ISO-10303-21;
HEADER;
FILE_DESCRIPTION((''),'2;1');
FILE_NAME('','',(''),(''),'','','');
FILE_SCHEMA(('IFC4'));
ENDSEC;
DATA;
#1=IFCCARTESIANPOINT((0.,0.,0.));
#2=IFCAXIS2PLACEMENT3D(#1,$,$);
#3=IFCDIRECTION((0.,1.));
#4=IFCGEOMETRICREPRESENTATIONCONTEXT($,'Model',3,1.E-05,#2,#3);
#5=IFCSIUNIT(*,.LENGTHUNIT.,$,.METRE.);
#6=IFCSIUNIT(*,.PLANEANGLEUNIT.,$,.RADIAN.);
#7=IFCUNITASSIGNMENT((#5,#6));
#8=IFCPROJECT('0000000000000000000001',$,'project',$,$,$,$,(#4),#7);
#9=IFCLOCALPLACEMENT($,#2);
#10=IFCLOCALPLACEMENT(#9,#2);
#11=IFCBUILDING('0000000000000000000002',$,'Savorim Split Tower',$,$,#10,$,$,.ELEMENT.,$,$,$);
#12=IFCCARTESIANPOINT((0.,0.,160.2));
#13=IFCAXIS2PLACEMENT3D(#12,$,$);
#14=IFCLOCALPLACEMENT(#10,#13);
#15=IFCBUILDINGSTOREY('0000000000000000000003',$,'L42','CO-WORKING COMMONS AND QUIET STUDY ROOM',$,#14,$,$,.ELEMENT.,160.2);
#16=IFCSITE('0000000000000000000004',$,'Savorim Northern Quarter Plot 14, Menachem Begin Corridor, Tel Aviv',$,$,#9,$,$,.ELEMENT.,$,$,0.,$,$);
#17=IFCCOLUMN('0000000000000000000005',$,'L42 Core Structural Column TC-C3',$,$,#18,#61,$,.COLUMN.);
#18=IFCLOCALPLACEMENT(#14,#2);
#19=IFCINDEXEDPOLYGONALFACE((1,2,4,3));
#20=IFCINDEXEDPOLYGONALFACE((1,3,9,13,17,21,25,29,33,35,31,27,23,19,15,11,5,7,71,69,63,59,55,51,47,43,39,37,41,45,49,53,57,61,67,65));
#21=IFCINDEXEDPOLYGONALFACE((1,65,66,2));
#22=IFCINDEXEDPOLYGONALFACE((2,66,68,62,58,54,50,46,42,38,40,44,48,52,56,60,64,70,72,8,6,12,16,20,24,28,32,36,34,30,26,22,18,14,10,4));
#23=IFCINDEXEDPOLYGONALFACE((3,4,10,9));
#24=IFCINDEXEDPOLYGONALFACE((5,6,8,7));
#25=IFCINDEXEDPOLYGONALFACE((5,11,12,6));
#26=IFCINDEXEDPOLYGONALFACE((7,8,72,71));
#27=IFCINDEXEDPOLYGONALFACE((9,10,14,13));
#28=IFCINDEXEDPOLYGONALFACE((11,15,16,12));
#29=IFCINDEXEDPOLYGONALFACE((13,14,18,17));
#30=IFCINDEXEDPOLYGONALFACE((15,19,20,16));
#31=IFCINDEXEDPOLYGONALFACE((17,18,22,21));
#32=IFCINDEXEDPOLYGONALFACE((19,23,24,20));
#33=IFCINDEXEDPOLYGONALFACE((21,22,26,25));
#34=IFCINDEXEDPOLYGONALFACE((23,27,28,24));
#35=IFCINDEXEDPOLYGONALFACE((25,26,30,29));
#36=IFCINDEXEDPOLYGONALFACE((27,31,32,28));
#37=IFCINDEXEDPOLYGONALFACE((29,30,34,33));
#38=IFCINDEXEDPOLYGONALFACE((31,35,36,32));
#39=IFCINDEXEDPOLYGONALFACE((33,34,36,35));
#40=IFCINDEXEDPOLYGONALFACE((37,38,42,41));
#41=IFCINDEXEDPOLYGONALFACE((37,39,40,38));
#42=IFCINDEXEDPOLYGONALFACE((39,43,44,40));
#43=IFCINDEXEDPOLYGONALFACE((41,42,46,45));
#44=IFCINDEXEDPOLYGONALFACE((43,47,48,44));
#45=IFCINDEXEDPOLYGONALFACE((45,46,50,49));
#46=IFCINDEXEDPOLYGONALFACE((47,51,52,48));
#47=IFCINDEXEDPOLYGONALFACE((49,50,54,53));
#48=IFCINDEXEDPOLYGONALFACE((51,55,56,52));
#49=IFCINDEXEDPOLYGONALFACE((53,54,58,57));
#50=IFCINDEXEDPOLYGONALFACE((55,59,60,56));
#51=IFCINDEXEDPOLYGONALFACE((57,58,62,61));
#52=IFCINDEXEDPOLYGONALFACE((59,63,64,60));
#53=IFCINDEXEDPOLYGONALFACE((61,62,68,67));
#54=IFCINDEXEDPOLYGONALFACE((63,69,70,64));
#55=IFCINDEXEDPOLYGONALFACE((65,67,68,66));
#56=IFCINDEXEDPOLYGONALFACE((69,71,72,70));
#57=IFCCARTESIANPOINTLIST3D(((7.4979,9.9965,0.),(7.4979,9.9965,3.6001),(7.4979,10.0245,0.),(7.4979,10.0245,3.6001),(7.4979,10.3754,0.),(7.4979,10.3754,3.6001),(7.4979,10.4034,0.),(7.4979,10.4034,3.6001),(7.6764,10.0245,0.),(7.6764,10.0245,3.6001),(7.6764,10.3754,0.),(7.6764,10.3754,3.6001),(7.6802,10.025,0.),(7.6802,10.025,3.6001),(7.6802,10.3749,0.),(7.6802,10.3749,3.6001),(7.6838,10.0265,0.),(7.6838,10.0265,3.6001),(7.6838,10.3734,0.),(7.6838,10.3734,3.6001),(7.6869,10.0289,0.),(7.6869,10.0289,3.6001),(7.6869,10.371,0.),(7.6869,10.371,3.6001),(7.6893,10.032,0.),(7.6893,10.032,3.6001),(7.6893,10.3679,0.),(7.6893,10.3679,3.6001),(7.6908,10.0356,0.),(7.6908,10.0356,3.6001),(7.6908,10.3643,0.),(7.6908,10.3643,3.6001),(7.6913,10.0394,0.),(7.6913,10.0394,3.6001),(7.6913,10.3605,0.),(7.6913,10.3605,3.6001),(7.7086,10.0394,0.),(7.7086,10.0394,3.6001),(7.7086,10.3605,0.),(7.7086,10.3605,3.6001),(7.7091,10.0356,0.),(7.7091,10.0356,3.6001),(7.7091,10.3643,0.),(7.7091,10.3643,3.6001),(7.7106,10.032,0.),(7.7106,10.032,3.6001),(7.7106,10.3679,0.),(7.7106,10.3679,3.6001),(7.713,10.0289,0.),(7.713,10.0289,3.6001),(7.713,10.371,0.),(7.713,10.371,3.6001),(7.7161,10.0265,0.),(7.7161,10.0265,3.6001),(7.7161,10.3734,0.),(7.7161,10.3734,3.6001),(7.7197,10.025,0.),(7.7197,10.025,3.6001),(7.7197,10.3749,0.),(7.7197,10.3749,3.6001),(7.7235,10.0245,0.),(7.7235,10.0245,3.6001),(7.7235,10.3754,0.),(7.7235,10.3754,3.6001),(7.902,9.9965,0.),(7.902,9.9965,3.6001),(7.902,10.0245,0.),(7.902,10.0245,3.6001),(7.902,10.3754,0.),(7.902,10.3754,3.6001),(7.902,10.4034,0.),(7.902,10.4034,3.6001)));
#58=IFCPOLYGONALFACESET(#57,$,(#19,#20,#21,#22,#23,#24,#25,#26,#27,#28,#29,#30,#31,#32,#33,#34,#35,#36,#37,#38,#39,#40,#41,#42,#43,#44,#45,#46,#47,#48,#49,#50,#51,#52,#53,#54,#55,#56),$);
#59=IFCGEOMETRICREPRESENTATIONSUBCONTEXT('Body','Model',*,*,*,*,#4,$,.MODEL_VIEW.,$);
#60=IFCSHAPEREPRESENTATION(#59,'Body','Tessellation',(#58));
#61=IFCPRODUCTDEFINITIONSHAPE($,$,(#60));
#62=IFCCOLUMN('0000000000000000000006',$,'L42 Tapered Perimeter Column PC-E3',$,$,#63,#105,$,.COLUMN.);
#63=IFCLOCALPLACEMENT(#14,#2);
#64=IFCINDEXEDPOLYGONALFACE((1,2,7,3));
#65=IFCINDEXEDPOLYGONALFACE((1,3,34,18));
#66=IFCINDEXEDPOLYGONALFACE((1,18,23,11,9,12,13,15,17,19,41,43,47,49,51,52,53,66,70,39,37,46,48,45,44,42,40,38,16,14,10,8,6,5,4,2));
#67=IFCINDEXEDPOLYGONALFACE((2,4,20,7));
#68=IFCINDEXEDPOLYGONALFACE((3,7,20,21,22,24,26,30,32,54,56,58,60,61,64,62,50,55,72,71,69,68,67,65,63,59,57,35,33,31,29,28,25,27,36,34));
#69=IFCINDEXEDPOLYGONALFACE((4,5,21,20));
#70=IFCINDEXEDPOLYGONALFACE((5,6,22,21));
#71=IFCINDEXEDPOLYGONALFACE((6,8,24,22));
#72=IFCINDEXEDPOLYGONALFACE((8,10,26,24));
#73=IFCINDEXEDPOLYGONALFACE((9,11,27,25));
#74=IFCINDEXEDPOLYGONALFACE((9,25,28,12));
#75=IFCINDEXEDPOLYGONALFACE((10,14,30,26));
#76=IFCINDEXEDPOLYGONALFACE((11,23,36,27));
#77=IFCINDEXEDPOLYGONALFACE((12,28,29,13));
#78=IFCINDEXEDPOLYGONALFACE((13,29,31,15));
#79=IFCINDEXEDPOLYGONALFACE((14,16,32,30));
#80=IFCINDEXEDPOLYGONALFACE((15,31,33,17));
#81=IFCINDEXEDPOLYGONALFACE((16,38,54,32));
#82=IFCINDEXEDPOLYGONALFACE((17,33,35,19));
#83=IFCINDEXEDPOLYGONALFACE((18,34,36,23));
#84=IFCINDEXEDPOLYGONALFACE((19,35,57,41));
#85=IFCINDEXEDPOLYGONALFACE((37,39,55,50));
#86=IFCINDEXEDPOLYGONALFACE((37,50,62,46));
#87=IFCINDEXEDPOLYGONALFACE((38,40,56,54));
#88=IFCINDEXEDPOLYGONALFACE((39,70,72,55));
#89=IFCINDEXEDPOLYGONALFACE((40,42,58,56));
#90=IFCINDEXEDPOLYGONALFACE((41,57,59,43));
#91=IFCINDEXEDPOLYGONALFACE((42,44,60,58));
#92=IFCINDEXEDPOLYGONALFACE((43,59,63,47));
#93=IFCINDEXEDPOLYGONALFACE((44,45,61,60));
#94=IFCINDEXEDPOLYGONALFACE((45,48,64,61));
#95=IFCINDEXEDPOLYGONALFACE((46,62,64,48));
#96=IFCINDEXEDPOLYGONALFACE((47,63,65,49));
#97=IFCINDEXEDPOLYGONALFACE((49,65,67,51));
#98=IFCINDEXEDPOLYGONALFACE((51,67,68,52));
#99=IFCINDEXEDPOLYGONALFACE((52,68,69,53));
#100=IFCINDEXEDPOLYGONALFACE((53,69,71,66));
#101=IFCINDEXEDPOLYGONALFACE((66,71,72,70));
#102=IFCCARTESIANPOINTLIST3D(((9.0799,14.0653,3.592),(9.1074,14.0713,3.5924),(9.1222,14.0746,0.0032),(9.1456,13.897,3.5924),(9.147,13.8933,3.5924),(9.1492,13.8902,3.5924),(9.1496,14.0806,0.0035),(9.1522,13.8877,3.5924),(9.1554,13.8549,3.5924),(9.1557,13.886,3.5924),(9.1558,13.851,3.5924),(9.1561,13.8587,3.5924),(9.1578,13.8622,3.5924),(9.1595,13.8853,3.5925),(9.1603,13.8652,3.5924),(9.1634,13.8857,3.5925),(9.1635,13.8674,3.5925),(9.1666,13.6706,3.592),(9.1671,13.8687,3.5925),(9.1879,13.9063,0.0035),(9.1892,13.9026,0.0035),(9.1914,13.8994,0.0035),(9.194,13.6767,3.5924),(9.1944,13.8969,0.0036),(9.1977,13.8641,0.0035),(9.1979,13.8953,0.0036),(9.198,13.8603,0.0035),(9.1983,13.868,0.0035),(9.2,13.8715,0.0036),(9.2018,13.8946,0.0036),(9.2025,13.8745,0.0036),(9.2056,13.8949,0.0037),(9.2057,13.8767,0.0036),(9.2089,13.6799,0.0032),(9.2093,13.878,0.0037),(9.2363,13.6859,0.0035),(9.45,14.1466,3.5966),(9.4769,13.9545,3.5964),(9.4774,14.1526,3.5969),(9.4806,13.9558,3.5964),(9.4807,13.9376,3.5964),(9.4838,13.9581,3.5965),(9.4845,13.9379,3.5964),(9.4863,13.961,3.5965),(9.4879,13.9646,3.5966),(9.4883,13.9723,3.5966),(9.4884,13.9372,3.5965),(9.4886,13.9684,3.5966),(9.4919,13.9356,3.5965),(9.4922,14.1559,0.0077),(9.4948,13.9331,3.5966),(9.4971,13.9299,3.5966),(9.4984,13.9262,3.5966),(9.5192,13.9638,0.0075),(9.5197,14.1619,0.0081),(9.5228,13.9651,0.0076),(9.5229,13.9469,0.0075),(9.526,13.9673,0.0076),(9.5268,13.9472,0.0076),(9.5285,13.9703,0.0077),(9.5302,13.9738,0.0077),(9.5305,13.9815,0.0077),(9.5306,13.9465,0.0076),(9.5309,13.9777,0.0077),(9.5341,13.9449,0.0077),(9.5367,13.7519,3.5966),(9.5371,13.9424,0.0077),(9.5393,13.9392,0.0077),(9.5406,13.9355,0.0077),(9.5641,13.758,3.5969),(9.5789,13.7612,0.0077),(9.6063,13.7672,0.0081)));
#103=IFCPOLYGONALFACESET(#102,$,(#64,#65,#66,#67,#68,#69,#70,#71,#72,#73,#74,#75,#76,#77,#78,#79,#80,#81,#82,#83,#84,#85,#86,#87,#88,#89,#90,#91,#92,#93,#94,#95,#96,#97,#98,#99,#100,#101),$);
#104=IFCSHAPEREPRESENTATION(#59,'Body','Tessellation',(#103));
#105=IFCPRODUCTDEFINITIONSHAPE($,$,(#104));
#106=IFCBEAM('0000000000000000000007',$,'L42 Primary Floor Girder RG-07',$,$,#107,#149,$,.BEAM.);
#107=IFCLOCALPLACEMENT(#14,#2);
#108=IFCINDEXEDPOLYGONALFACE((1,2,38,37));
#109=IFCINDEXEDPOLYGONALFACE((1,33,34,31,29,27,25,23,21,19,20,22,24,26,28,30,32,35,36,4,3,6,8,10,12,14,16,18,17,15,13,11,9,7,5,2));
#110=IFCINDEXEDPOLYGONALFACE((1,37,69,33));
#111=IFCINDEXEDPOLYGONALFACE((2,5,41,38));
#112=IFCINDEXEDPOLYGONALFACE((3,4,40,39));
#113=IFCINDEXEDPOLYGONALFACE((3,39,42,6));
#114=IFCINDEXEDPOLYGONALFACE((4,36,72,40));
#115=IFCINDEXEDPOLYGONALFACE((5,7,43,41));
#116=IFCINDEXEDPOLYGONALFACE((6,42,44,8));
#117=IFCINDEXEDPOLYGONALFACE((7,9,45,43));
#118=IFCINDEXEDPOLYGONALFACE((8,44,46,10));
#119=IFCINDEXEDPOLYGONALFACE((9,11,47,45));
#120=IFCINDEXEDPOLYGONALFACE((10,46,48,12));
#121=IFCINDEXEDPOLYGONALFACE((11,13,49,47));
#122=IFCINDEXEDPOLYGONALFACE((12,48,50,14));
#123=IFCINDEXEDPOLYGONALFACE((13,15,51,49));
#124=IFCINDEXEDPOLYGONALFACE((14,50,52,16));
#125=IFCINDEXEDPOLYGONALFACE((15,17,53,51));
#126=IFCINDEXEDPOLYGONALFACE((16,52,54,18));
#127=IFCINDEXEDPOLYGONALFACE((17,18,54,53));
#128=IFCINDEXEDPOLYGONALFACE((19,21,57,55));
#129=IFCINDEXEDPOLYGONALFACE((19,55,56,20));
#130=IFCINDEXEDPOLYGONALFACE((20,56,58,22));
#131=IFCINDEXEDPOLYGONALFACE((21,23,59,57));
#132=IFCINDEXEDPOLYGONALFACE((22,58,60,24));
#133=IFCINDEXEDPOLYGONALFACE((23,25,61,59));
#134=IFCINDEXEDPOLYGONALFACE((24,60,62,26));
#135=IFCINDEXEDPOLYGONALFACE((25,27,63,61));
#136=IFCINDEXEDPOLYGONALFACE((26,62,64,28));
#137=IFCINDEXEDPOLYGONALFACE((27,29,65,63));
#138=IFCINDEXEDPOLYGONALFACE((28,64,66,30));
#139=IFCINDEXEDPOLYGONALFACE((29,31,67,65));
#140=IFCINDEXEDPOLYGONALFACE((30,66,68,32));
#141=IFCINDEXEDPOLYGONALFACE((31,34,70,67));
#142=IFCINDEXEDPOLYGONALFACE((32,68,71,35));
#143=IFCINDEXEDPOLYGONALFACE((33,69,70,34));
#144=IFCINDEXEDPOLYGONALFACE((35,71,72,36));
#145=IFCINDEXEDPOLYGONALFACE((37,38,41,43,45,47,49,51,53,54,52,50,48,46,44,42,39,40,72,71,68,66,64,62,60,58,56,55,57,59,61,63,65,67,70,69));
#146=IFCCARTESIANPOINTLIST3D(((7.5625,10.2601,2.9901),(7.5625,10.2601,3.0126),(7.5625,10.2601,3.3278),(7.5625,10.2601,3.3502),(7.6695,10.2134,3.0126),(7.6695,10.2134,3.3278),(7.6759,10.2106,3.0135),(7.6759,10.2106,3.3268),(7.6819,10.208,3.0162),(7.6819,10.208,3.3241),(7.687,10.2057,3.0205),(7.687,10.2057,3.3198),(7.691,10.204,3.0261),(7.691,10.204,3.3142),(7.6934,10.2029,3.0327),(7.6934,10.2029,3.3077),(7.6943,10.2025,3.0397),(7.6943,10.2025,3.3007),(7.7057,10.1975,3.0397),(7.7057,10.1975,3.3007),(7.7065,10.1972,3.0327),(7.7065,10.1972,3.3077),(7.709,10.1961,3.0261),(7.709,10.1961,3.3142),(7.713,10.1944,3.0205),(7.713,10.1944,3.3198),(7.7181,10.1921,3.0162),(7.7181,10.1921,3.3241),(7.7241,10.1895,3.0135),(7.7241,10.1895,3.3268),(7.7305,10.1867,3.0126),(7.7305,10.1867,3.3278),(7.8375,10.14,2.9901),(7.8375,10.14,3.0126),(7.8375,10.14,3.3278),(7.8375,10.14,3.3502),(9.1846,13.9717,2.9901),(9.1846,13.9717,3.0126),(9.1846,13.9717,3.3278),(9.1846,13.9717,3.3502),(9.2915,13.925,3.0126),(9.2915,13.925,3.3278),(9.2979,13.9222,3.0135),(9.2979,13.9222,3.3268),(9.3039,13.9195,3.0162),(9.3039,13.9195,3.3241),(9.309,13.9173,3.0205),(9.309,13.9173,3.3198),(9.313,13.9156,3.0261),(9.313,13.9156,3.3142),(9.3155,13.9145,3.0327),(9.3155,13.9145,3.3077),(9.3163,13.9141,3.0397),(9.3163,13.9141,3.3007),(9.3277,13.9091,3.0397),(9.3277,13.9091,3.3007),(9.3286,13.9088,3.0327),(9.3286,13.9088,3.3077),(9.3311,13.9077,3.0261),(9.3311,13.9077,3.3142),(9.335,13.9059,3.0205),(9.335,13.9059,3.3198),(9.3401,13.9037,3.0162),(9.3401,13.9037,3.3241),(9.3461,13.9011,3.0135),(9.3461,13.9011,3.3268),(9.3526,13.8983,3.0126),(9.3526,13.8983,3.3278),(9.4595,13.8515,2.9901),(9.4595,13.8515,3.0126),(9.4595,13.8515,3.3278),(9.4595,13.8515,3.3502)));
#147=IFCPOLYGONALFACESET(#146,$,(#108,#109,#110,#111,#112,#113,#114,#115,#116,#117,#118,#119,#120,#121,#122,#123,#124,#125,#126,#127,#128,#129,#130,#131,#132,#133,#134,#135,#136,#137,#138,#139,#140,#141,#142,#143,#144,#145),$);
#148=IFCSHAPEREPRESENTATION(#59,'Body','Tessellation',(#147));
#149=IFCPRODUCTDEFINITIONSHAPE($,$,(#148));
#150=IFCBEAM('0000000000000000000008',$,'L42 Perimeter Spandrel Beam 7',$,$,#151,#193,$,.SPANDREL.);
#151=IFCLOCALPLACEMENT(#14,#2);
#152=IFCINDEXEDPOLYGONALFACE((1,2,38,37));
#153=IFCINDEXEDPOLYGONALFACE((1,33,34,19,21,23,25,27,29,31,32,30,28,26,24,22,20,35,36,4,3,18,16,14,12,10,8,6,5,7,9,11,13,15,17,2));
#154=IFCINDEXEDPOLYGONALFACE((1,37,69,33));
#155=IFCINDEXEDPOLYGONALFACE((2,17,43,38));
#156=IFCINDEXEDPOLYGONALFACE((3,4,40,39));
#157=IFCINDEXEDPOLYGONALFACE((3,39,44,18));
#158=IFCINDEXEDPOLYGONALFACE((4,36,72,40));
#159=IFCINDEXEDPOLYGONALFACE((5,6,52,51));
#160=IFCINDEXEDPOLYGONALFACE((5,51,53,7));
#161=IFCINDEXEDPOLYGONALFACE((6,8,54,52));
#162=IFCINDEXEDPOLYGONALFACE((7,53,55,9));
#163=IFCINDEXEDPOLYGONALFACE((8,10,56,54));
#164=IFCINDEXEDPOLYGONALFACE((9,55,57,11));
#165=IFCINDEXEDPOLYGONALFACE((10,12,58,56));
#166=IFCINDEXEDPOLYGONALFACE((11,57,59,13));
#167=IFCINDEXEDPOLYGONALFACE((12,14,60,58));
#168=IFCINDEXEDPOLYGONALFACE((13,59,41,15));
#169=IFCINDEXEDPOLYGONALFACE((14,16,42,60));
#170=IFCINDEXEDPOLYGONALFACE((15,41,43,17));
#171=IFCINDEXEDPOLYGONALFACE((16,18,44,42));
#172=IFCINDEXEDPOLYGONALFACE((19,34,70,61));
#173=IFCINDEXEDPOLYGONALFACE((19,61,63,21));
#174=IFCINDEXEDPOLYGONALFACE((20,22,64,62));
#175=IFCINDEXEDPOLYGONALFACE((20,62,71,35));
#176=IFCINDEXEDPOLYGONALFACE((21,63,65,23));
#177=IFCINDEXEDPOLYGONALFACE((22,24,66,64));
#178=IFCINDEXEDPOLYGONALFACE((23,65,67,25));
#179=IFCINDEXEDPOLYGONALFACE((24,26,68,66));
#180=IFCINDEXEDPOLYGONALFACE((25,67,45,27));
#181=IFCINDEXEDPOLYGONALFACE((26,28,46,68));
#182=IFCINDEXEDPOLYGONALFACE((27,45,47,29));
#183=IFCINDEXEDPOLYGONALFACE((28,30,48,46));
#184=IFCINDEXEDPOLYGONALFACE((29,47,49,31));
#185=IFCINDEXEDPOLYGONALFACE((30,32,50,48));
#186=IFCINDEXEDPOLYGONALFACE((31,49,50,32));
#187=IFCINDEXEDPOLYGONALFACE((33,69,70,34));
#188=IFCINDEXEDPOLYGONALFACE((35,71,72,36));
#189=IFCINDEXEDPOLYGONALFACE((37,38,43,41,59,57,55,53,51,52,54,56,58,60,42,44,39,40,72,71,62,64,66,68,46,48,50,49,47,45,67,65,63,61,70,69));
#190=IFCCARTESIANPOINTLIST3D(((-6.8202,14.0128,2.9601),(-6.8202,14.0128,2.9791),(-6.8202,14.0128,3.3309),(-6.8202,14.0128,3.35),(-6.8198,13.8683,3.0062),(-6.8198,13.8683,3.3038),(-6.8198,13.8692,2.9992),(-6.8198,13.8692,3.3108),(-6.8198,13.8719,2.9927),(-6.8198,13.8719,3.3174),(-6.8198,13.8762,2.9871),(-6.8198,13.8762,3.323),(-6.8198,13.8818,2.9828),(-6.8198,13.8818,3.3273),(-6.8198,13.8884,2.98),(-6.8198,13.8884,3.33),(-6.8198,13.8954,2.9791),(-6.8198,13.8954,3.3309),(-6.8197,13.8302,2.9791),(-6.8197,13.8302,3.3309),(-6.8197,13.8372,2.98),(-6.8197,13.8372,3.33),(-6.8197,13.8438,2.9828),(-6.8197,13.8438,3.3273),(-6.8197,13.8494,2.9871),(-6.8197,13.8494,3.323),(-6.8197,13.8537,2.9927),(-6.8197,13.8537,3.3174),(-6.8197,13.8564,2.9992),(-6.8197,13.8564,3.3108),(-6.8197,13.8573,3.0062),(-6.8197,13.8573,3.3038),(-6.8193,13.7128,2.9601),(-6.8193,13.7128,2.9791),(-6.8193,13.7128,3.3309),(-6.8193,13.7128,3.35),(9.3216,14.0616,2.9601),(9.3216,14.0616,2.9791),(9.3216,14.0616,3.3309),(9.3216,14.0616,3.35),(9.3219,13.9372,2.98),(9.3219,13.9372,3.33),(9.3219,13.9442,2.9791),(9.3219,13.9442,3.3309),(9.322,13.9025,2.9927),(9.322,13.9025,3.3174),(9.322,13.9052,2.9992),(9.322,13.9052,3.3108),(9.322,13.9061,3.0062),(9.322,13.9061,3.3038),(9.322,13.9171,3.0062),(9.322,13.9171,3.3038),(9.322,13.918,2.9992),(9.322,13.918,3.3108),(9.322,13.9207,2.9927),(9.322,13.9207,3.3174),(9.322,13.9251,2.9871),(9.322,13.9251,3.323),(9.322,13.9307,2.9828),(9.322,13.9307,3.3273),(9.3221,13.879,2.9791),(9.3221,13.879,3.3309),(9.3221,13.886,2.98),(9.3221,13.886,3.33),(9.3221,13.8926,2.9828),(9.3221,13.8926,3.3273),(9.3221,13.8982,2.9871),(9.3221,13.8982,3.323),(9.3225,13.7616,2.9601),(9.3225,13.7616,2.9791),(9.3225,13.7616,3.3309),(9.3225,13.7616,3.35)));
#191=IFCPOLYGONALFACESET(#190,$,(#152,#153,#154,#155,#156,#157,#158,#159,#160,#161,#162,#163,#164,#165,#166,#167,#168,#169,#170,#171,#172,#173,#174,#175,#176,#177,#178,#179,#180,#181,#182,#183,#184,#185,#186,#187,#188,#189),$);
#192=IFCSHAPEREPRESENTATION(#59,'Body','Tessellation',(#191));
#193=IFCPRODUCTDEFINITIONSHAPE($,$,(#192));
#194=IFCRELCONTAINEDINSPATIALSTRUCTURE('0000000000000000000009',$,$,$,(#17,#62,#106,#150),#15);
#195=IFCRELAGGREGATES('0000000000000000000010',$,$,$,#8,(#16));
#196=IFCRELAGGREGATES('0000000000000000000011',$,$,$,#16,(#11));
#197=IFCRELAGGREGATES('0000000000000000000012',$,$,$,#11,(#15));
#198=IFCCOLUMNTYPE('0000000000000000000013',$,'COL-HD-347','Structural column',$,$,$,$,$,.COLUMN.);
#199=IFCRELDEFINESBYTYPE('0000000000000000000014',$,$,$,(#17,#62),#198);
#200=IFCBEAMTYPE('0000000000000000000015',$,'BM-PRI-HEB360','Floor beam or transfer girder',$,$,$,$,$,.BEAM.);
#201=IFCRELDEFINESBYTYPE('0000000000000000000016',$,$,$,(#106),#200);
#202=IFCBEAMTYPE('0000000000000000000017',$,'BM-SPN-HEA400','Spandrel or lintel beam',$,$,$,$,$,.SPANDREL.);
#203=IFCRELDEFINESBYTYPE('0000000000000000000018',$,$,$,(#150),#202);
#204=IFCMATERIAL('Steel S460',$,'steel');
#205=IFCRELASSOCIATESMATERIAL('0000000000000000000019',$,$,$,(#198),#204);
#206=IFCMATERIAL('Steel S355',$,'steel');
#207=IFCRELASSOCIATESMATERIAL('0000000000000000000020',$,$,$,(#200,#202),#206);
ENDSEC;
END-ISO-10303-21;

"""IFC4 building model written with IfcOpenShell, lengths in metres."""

from ifc_helpers import new_model, si_unit, direction, frame, origin, origin_2d, place, context, subcontext, project, spatial, i_section, extrude, material, material_profile, profile_set, type_object, element, save


model = new_model("IFC4")

# Units and contexts
model_context = context("Model", 3, precision=1e-05, world=origin(), true_north=direction((0.0, 1.0)))
body_context = subcontext(model_context, "Body", "Model", "MODEL_VIEW")
ifc_project = project(units=[si_unit("LENGTHUNIT", "METRE"), si_unit("PLANEANGLEUNIT", "RADIAN")], contexts=[model_context])

# Site, building, storey
site_placement = place(None, origin())
site = spatial("IfcSite", under=ifc_project, at=site_placement, Name="Savorim Northern Quarter Plot 14, Menachem Begin Corridor, Tel Aviv", CompositionType="ELEMENT", RefElevation=0.0)
building_placement = place(site_placement, origin())
building = spatial("IfcBuilding", under=site, at=building_placement, Name="Savorim Split Tower", CompositionType="ELEMENT")
storey_placement = place(building_placement, frame((0.0, 0.0, 160.2)))
storey = spatial("IfcBuildingStorey", under=building, at=storey_placement, Name="L42", Description="CO-WORKING COMMONS AND QUIET STUDY ROOM", CompositionType="ELEMENT", Elevation=160.2)

# Columns
ifc_material_1 = material(Name="Steel S460", Category="steel")
ifc_material_profile_1 = material_profile(ifc_material_1, i_section(OverallWidth=0.4041, OverallDepth=0.407, WebThickness=0.0173, FlangeThickness=0.0281, FilletRadius=0.0149, at=origin_2d()), Name="HD 400x347")
ifc_profile_set_1 = profile_set([ifc_material_profile_1], Name="Steel S460")
column_type = type_object("IfcColumnType", Name="COL-HD-347", Description="Structural column", PredefinedType="COLUMN", material=ifc_profile_set_1)
column_1_placement = place(storey_placement, frame((7.7, 10.2, 0.0), z_axis=(0.0, 0.0, 1.0), x_axis=(1.0, 0.0, 0.0)))
element("IfcColumn", 1, at=column_1_placement, inside=storey, type_object=column_type, Name="L42 Core Structural Column TC-C3", PredefinedType="COLUMN", context=body_context, shape_type="SweptSolid", body=[
    extrude(i_section(OverallWidth=0.4041, OverallDepth=0.407, WebThickness=0.0173, FlangeThickness=0.0281, FilletRadius=0.0149, at=origin_2d()), origin(), (0.0, 0.0, 1.0), 3.6001),
])
column_2_placement = place(storey_placement, frame((9.3643, 13.9209, 0.0056), z_axis=(-0.011768, -0.002585, 0.999927), x_axis=(0.214539, -0.976715, 0.0)))
element("IfcColumn", 2, at=column_2_placement, inside=storey, type_object=column_type, Name="L42 Tapered Perimeter Column PC-E3", PredefinedType="COLUMN", context=body_context, shape_type="SweptSolid", body=[
    extrude(i_section(OverallWidth=0.4041, OverallDepth=0.407, WebThickness=0.0173, FlangeThickness=0.0281, FilletRadius=0.0149, at=origin_2d()), origin(), (0.0, 0.0, 1.0), 3.5891),
])

# Beams
ifc_material_2 = material(Name="Steel S355", Category="steel")
ifc_material_profile_2 = material_profile(ifc_material_2, i_section(OverallWidth=0.3, OverallDepth=0.3601, WebThickness=0.0125, FlangeThickness=0.0225, FilletRadius=0.0271, at=origin_2d()), Name="HEB 360")
ifc_profile_set_2 = profile_set([ifc_material_profile_2], Name="Steel S355")
beam_type_1 = type_object("IfcBeamType", Name="BM-PRI-HEB360", Description="Floor beam or transfer girder", PredefinedType="BEAM", material=ifc_profile_set_2)
beam_1_placement = place(storey_placement, frame((9.322, 13.9116, 3.1702), z_axis=(-0.400449, -0.916319, 0.0), x_axis=(0.916319, -0.400449, 0.0)))
element("IfcBeam", 3, at=beam_1_placement, inside=storey, type_object=beam_type_1, Name="L42 Primary Floor Girder RG-07", PredefinedType="BEAM", context=body_context, shape_type="SweptSolid", body=[
    extrude(i_section(OverallWidth=0.3, OverallDepth=0.3601, WebThickness=0.0125, FlangeThickness=0.0225, FilletRadius=0.0271, at=origin_2d()), origin(), (0.0, 0.0, 1.0), 4.0505),
])
ifc_material_profile_3 = material_profile(ifc_material_2, i_section(OverallWidth=0.3, OverallDepth=0.3899, WebThickness=0.011, FlangeThickness=0.019, FilletRadius=0.0271, at=origin_2d()), Name="HEA 400")
ifc_profile_set_3 = profile_set([ifc_material_profile_3], Name="Steel S355")
beam_type_2 = type_object("IfcBeamType", Name="BM-SPN-HEA400", Description="Spandrel or lintel beam", PredefinedType="SPANDREL", material=ifc_profile_set_3)
beam_2_placement = place(storey_placement, frame((9.322, 13.9116, 3.155), z_axis=(-0.999995, -0.003025, 0.0), x_axis=(0.003025, -0.999995, 0.0)))
element("IfcBeam", 4, at=beam_2_placement, inside=storey, type_object=beam_type_2, Name="L42 Perimeter Spandrel Beam 7", PredefinedType="SPANDREL", context=body_context, shape_type="SweptSolid", body=[
    extrude(i_section(OverallWidth=0.3, OverallDepth=0.3899, WebThickness=0.011, FlangeThickness=0.019, FilletRadius=0.0271, at=origin_2d()), origin(), (0.0, 0.0, 1.0), 16.1418),
])

save(model, "model.ifc")
